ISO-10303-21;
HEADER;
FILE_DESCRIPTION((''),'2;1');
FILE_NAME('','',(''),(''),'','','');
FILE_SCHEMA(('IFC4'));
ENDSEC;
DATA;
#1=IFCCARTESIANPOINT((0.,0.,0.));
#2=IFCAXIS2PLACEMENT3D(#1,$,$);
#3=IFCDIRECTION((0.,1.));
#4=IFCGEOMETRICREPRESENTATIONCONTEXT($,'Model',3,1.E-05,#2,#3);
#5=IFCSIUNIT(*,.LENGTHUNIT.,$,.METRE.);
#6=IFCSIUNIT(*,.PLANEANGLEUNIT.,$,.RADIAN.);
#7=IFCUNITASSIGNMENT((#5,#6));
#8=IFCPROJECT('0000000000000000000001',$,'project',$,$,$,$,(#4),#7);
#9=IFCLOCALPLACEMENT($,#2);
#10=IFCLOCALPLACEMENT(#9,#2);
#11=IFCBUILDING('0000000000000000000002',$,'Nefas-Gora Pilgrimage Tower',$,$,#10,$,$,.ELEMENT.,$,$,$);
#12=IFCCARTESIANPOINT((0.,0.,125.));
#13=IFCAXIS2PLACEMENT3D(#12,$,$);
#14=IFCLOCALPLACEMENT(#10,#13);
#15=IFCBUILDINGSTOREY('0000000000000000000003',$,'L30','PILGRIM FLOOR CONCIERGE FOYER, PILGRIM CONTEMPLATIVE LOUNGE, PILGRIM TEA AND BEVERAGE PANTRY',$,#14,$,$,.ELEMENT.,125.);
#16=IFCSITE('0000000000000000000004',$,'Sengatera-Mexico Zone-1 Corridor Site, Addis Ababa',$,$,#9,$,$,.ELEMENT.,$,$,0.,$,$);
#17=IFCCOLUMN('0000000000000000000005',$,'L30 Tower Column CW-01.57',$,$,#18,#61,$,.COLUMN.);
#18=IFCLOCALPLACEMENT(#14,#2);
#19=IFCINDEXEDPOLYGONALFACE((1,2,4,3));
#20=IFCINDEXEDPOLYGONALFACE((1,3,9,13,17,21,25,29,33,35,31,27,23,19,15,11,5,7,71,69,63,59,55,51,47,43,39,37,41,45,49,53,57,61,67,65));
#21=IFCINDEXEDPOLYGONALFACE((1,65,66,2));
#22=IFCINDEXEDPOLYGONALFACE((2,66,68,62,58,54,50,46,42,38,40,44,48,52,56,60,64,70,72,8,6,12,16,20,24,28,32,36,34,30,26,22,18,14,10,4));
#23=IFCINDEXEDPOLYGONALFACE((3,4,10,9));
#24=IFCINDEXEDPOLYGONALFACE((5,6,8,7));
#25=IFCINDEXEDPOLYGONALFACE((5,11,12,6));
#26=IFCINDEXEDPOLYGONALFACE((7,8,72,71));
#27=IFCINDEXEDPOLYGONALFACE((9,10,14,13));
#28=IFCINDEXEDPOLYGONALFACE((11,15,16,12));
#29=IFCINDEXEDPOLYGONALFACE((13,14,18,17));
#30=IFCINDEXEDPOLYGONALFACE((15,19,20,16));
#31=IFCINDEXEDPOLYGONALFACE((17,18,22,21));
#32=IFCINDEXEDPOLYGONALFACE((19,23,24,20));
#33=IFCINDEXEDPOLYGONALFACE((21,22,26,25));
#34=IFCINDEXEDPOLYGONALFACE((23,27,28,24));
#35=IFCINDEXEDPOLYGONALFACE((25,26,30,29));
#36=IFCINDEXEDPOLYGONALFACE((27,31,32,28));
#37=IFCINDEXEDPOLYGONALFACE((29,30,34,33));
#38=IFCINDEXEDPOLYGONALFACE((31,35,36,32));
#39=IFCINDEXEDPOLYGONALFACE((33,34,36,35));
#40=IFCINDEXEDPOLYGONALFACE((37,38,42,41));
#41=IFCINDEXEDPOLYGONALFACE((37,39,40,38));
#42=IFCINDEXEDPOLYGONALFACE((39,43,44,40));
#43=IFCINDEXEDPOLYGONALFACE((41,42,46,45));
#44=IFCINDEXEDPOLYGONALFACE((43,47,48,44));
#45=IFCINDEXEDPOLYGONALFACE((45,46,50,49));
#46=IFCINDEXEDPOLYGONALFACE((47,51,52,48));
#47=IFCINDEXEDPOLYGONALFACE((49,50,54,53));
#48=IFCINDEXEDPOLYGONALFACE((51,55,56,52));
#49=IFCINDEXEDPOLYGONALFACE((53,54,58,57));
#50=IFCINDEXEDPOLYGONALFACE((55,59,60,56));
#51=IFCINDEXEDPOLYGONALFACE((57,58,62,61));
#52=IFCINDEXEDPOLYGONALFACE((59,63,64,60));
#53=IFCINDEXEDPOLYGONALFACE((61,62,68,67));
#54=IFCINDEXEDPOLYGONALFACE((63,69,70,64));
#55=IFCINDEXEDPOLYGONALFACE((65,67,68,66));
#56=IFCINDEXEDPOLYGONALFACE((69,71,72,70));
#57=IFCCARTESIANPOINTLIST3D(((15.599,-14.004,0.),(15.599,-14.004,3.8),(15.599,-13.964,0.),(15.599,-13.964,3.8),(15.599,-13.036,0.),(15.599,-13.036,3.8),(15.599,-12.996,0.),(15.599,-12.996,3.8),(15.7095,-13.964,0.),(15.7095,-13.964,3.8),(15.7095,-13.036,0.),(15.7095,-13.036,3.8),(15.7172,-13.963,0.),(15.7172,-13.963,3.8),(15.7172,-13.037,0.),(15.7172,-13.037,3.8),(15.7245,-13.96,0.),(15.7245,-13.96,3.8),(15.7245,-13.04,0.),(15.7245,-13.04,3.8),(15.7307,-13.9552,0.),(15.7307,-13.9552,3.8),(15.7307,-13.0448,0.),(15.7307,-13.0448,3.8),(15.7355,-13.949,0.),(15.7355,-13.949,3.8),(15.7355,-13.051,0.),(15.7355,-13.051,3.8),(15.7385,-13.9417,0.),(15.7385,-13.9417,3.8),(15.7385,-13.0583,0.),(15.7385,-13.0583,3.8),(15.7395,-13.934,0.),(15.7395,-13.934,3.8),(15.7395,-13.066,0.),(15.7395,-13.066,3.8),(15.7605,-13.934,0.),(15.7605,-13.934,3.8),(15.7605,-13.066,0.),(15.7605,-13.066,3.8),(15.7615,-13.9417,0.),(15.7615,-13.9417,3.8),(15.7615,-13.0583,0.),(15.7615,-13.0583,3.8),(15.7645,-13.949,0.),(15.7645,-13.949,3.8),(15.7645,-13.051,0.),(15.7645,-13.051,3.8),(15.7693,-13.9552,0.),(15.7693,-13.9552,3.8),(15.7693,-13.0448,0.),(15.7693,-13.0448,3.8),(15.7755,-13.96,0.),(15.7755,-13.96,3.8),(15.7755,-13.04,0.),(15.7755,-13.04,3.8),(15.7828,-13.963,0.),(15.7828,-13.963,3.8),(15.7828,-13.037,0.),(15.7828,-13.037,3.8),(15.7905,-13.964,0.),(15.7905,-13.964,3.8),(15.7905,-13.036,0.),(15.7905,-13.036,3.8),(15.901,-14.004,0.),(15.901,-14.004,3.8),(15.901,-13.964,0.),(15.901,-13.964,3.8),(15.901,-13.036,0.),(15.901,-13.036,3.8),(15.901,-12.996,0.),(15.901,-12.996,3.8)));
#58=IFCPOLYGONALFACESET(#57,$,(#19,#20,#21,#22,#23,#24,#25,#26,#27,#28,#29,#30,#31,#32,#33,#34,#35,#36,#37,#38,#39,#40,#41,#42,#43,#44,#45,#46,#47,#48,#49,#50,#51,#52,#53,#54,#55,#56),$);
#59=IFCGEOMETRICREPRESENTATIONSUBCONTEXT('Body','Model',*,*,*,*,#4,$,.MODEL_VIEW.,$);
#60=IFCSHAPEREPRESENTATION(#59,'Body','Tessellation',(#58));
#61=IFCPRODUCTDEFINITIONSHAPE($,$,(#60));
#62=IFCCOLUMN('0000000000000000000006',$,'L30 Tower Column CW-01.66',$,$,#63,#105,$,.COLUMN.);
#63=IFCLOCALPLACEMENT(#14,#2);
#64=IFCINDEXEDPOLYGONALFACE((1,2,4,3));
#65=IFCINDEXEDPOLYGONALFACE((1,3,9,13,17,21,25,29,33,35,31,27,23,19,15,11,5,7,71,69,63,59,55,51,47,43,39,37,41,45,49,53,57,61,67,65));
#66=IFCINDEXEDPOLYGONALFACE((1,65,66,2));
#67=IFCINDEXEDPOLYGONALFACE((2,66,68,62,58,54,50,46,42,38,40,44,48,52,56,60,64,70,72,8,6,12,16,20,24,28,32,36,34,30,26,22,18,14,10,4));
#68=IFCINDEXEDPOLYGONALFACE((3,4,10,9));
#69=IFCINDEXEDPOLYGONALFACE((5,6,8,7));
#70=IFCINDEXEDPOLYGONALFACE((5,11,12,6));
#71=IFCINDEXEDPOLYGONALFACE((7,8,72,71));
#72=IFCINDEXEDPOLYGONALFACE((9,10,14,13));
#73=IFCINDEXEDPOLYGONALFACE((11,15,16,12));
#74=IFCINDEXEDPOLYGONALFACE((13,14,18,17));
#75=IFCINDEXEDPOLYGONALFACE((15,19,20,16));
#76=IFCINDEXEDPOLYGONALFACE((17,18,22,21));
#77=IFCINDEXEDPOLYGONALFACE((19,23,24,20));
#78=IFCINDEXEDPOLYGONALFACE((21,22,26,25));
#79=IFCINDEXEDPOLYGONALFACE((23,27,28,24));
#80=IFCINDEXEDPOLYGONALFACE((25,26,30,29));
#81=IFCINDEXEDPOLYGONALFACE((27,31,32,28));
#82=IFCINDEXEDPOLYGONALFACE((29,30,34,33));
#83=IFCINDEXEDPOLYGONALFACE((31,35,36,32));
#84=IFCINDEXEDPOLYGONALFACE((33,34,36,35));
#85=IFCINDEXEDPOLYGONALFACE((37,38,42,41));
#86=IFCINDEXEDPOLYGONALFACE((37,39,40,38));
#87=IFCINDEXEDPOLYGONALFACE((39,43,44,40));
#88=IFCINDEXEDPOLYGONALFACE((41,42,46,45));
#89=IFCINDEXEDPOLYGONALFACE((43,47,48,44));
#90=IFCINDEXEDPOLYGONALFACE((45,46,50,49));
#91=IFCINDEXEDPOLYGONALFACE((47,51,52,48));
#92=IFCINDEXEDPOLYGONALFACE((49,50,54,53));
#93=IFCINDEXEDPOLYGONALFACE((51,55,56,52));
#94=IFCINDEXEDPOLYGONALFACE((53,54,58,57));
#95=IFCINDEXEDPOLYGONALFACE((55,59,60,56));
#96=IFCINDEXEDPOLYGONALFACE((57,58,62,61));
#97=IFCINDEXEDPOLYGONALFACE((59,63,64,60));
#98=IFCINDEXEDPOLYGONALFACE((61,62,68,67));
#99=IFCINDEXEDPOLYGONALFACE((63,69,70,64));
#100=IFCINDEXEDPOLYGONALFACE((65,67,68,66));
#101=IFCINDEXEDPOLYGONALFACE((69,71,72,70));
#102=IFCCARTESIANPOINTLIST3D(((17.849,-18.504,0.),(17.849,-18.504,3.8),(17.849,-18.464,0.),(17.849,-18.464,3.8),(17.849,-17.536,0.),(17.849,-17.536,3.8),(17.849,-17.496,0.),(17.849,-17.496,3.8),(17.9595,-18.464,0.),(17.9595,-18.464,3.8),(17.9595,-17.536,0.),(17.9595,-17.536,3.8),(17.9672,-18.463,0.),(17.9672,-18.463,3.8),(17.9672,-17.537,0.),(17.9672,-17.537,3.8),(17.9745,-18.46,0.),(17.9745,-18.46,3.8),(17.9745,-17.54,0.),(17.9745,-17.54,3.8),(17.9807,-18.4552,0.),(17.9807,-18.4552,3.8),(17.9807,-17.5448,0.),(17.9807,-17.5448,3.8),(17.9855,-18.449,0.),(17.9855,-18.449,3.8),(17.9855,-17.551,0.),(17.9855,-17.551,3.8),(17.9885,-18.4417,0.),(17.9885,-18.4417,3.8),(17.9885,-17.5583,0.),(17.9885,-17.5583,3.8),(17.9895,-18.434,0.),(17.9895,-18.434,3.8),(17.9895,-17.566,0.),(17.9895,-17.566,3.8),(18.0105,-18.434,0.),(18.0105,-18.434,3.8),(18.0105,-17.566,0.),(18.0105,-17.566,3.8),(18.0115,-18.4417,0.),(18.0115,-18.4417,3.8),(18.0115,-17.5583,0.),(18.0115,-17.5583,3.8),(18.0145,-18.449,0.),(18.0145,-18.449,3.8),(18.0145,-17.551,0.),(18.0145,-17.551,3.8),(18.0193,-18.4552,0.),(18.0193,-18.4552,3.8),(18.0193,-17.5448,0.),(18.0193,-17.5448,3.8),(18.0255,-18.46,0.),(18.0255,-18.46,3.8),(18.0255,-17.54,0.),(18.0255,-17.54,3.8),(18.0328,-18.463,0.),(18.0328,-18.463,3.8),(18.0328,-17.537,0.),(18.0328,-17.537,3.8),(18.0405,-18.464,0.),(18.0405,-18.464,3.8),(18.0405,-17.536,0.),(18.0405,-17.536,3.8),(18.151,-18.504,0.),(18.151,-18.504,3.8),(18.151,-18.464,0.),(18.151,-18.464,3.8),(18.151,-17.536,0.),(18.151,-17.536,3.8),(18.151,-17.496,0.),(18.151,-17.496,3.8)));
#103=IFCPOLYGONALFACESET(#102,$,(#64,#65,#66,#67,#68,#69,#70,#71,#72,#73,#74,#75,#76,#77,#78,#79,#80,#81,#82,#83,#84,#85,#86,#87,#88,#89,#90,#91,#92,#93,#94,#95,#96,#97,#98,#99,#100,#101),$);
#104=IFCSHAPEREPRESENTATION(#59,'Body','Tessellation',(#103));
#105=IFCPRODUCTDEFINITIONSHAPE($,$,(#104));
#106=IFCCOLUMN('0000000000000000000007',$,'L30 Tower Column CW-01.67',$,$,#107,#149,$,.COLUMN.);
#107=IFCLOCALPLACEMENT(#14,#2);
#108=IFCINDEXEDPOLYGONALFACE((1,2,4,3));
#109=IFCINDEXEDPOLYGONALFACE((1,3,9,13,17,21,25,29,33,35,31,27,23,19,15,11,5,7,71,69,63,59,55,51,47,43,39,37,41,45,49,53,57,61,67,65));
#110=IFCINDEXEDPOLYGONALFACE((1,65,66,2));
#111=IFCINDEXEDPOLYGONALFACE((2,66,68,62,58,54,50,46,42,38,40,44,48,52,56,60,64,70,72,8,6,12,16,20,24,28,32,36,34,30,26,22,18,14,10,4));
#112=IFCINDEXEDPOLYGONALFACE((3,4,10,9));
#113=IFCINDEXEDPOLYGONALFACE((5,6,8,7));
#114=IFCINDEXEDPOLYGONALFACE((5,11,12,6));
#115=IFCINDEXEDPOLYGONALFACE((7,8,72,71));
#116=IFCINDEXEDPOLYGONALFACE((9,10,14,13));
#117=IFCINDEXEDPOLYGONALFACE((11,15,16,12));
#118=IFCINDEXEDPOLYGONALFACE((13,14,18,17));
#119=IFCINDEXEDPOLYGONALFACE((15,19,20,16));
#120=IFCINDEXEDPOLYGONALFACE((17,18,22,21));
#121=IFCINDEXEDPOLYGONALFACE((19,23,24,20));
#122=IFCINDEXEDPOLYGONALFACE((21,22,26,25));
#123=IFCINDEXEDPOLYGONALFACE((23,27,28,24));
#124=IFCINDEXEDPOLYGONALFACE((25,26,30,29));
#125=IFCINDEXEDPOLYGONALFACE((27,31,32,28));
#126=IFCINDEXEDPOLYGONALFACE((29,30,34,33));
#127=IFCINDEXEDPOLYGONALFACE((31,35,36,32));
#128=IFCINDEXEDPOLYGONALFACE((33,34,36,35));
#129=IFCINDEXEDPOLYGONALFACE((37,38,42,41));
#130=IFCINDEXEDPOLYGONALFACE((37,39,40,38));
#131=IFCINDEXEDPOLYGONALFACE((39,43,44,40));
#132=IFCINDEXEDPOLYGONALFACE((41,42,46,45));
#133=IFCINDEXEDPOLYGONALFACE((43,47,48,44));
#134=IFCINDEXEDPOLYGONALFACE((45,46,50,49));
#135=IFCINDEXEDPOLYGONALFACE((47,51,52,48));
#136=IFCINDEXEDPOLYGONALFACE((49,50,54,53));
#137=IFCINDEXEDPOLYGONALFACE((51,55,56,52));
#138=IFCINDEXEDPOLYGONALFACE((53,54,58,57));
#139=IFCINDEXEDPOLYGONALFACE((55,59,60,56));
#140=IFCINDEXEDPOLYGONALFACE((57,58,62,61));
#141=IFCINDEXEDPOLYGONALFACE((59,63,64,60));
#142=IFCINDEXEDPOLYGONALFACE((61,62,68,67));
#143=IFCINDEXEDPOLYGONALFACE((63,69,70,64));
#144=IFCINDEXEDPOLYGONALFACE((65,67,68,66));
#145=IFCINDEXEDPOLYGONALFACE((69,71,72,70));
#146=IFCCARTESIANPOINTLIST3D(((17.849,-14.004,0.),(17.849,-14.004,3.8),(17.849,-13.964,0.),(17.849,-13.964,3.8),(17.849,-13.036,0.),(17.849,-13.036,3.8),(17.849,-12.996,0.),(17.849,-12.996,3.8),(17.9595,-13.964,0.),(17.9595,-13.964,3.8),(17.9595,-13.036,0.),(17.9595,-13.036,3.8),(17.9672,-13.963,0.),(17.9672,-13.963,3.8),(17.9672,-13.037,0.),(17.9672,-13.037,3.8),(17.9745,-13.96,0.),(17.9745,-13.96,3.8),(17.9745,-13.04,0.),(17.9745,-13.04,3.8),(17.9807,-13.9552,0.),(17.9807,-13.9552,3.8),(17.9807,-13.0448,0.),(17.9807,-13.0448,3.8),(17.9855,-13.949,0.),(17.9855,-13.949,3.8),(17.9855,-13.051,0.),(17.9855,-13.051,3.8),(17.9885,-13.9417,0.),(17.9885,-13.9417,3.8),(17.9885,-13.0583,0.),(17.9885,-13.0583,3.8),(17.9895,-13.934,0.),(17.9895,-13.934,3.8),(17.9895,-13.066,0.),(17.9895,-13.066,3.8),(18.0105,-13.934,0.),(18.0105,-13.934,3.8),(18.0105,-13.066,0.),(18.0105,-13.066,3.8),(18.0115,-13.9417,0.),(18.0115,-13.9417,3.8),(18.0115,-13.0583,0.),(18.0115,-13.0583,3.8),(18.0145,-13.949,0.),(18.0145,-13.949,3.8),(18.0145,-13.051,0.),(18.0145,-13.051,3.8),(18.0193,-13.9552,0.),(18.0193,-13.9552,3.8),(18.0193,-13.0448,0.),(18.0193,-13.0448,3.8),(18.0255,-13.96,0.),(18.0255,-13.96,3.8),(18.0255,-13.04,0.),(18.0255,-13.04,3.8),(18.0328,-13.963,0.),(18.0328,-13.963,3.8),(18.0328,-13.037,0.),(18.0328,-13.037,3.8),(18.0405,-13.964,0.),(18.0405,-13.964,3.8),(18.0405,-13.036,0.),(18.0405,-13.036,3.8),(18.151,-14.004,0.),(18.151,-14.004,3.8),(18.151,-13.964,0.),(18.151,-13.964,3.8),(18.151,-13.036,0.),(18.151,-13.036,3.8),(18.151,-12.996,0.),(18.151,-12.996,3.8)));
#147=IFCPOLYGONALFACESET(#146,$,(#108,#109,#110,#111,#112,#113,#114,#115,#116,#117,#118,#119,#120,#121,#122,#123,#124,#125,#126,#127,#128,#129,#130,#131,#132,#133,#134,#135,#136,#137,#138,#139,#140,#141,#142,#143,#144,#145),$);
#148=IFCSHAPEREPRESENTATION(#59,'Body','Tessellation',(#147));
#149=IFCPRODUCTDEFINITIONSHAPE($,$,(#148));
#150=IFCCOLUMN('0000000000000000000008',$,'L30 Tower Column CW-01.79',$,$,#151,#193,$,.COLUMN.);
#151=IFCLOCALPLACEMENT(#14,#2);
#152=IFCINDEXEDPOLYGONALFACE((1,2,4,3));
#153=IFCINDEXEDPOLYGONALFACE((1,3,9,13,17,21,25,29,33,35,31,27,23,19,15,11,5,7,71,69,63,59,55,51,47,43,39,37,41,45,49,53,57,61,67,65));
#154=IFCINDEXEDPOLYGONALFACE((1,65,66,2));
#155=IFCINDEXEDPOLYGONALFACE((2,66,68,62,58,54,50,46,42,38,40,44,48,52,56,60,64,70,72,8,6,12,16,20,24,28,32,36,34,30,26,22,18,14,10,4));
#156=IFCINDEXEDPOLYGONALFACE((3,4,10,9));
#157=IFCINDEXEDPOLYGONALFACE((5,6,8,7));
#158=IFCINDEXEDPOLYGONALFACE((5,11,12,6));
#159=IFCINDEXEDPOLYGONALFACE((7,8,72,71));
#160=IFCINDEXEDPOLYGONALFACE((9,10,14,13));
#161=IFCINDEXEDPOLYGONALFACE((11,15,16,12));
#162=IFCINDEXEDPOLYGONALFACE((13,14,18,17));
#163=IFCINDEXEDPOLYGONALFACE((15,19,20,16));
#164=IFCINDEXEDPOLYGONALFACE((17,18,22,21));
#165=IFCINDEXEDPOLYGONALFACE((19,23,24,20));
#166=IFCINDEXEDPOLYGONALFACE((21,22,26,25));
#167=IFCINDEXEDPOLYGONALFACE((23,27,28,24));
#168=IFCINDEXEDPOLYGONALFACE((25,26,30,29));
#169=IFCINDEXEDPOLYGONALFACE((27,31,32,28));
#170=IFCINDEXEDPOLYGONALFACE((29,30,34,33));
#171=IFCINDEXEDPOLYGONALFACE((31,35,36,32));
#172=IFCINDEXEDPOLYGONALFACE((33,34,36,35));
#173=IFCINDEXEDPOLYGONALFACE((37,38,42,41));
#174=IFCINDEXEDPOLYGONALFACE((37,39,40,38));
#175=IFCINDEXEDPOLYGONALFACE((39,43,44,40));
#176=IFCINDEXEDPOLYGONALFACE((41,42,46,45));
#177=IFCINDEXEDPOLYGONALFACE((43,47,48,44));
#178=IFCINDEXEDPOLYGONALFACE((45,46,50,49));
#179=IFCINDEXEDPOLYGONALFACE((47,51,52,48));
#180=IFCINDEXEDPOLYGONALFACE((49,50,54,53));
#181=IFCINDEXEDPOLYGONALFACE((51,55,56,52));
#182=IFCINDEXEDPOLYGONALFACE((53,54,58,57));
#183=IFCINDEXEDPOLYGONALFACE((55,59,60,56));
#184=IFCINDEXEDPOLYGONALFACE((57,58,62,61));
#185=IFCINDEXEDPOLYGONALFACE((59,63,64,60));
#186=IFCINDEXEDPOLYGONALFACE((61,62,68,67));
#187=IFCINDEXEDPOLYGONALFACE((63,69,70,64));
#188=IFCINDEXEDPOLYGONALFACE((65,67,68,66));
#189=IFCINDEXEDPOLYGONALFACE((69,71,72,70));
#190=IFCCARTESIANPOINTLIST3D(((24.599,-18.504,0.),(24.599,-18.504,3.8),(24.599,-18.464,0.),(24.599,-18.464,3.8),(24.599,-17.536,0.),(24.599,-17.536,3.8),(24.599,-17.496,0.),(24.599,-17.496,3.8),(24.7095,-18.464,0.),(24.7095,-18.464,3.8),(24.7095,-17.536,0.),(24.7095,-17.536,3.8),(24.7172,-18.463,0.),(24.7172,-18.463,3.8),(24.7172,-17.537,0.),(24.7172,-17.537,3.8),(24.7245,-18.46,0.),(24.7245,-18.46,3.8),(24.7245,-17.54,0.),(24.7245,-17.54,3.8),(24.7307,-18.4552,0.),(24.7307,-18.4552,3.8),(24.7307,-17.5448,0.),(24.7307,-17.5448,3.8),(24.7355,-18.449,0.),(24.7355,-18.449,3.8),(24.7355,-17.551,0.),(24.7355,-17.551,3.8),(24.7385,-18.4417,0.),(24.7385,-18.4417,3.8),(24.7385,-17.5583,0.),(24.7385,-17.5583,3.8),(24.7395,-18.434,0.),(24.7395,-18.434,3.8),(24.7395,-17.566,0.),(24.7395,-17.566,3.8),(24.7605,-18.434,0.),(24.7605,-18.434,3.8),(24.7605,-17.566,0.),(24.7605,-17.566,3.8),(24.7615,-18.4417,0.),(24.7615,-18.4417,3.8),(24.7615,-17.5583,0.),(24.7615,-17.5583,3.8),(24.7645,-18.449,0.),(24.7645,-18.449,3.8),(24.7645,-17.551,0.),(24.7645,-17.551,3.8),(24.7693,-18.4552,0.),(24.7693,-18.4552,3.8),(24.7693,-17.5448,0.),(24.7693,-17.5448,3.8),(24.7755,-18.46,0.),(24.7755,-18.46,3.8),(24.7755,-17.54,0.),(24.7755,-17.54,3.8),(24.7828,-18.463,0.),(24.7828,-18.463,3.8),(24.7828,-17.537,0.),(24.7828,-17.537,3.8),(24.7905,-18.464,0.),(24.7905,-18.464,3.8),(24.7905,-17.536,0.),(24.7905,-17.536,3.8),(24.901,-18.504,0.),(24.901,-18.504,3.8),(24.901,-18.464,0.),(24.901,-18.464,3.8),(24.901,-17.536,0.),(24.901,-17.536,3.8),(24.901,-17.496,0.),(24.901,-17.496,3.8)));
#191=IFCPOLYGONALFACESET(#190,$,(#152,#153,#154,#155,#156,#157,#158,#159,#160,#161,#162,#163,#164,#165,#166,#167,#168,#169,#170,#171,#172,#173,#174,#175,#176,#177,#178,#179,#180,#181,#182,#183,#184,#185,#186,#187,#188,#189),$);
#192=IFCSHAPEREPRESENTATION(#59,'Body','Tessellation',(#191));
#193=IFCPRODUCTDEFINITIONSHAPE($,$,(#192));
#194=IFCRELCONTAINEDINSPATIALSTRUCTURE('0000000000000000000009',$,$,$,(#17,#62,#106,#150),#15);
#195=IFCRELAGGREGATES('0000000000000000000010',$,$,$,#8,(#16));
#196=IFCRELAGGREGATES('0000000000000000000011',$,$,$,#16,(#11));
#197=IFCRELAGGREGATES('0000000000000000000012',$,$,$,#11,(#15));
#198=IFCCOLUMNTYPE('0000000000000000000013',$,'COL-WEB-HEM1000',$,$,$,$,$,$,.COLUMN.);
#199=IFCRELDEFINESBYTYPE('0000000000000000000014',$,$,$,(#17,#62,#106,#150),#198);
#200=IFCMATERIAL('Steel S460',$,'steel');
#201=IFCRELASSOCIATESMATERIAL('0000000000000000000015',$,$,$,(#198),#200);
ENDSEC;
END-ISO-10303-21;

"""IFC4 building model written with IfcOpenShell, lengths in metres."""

from ifc_helpers import new_model, si_unit, direction, frame, origin, origin_2d, place, context, subcontext, project, spatial, i_section, extrude, source, transform, mapped, material, material_profile, profile_set, type_object, element, save


model = new_model("IFC4")

# Units and contexts
model_context = context("Model", 3, precision=1e-05, world=origin(), true_north=direction((0.0, 1.0)))
body_context = subcontext(model_context, "Body", "Model", "MODEL_VIEW")
ifc_project = project(units=[si_unit("LENGTHUNIT", "METRE"), si_unit("PLANEANGLEUNIT", "RADIAN")], contexts=[model_context])

# Site, building, storey
site_placement = place(None, origin())
site = spatial("IfcSite", under=ifc_project, at=site_placement, Name="Sengatera-Mexico Zone-1 Corridor Site, Addis Ababa", CompositionType="ELEMENT", RefElevation=0.0)
building_placement = place(site_placement, origin())
building = spatial("IfcBuilding", under=site, at=building_placement, Name="Nefas-Gora Pilgrimage Tower", CompositionType="ELEMENT")
storey_placement = place(building_placement, frame((0.0, 0.0, 125.0)))
storey = spatial("IfcBuildingStorey", under=building, at=storey_placement, Name="L30", Description="PILGRIM FLOOR CONCIERGE FOYER, PILGRIM CONTEMPLATIVE LOUNGE, PILGRIM TEA AND BEVERAGE PANTRY", CompositionType="ELEMENT", Elevation=125.0)

# Columns
ifc_material_1 = material(Name="Steel S460", Category="steel")
ifc_material_profile_1 = material_profile(ifc_material_1, i_section(OverallWidth=0.302, OverallDepth=1.0081, WebThickness=0.021, FlangeThickness=0.04, FilletRadius=0.03, at=origin_2d()), Name="HEM 1000")
ifc_profile_set_1 = profile_set([ifc_material_profile_1], Name="Steel S460")
column_type_1 = type_object("IfcColumnType", Name="COL-WEB-HEM1000", PredefinedType="COLUMN", material=ifc_profile_set_1)
shared_shape_1 = source(origin(), body_context, "Body", "SweptSolid", [
    extrude(i_section(OverallWidth=0.302, OverallDepth=1.0081, WebThickness=0.021, FlangeThickness=0.04, FilletRadius=0.03, at=origin_2d()), origin(), (0.0, 0.0, 1.0), 3.8),
])
for number, where, z_axis, x_axis, name in (
    (1, (15.75, -13.5, 0.0), (0.0, 0.0, 1.0), (1.0, 0.0, 0.0), "L30 Tower Column CW-01.57"),
    (2, (18.0, -18.0, 0.0), (0.0, 0.0, 1.0), (1.0, 0.0, 0.0), "L30 Tower Column CW-01.66"),
    (3, (18.0, -13.5, 0.0), (0.0, 0.0, 1.0), (1.0, 0.0, 0.0), "L30 Tower Column CW-01.67"),
    (4, (24.75, -18.0, 0.0), (0.0, 0.0, 1.0), (1.0, 0.0, 0.0), "L30 Tower Column CW-01.79"),
):
    element("IfcColumn", number, at=place(storey_placement, frame(where, z_axis=z_axis, x_axis=x_axis)), inside=storey, type_object=column_type_1, Name=name, PredefinedType="COLUMN", context=body_context, shape_type="MappedRepresentation", body=[
        mapped(shared_shape_1, transform((0.0, 0.0, 0.0), x_axis=(1.0, 0.0, 0.0), y_axis=(0.0, 1.0, 0.0), z_axis=(0.0, 0.0, 1.0), scale=1.0)),
    ])

save(model, "model.ifc")
